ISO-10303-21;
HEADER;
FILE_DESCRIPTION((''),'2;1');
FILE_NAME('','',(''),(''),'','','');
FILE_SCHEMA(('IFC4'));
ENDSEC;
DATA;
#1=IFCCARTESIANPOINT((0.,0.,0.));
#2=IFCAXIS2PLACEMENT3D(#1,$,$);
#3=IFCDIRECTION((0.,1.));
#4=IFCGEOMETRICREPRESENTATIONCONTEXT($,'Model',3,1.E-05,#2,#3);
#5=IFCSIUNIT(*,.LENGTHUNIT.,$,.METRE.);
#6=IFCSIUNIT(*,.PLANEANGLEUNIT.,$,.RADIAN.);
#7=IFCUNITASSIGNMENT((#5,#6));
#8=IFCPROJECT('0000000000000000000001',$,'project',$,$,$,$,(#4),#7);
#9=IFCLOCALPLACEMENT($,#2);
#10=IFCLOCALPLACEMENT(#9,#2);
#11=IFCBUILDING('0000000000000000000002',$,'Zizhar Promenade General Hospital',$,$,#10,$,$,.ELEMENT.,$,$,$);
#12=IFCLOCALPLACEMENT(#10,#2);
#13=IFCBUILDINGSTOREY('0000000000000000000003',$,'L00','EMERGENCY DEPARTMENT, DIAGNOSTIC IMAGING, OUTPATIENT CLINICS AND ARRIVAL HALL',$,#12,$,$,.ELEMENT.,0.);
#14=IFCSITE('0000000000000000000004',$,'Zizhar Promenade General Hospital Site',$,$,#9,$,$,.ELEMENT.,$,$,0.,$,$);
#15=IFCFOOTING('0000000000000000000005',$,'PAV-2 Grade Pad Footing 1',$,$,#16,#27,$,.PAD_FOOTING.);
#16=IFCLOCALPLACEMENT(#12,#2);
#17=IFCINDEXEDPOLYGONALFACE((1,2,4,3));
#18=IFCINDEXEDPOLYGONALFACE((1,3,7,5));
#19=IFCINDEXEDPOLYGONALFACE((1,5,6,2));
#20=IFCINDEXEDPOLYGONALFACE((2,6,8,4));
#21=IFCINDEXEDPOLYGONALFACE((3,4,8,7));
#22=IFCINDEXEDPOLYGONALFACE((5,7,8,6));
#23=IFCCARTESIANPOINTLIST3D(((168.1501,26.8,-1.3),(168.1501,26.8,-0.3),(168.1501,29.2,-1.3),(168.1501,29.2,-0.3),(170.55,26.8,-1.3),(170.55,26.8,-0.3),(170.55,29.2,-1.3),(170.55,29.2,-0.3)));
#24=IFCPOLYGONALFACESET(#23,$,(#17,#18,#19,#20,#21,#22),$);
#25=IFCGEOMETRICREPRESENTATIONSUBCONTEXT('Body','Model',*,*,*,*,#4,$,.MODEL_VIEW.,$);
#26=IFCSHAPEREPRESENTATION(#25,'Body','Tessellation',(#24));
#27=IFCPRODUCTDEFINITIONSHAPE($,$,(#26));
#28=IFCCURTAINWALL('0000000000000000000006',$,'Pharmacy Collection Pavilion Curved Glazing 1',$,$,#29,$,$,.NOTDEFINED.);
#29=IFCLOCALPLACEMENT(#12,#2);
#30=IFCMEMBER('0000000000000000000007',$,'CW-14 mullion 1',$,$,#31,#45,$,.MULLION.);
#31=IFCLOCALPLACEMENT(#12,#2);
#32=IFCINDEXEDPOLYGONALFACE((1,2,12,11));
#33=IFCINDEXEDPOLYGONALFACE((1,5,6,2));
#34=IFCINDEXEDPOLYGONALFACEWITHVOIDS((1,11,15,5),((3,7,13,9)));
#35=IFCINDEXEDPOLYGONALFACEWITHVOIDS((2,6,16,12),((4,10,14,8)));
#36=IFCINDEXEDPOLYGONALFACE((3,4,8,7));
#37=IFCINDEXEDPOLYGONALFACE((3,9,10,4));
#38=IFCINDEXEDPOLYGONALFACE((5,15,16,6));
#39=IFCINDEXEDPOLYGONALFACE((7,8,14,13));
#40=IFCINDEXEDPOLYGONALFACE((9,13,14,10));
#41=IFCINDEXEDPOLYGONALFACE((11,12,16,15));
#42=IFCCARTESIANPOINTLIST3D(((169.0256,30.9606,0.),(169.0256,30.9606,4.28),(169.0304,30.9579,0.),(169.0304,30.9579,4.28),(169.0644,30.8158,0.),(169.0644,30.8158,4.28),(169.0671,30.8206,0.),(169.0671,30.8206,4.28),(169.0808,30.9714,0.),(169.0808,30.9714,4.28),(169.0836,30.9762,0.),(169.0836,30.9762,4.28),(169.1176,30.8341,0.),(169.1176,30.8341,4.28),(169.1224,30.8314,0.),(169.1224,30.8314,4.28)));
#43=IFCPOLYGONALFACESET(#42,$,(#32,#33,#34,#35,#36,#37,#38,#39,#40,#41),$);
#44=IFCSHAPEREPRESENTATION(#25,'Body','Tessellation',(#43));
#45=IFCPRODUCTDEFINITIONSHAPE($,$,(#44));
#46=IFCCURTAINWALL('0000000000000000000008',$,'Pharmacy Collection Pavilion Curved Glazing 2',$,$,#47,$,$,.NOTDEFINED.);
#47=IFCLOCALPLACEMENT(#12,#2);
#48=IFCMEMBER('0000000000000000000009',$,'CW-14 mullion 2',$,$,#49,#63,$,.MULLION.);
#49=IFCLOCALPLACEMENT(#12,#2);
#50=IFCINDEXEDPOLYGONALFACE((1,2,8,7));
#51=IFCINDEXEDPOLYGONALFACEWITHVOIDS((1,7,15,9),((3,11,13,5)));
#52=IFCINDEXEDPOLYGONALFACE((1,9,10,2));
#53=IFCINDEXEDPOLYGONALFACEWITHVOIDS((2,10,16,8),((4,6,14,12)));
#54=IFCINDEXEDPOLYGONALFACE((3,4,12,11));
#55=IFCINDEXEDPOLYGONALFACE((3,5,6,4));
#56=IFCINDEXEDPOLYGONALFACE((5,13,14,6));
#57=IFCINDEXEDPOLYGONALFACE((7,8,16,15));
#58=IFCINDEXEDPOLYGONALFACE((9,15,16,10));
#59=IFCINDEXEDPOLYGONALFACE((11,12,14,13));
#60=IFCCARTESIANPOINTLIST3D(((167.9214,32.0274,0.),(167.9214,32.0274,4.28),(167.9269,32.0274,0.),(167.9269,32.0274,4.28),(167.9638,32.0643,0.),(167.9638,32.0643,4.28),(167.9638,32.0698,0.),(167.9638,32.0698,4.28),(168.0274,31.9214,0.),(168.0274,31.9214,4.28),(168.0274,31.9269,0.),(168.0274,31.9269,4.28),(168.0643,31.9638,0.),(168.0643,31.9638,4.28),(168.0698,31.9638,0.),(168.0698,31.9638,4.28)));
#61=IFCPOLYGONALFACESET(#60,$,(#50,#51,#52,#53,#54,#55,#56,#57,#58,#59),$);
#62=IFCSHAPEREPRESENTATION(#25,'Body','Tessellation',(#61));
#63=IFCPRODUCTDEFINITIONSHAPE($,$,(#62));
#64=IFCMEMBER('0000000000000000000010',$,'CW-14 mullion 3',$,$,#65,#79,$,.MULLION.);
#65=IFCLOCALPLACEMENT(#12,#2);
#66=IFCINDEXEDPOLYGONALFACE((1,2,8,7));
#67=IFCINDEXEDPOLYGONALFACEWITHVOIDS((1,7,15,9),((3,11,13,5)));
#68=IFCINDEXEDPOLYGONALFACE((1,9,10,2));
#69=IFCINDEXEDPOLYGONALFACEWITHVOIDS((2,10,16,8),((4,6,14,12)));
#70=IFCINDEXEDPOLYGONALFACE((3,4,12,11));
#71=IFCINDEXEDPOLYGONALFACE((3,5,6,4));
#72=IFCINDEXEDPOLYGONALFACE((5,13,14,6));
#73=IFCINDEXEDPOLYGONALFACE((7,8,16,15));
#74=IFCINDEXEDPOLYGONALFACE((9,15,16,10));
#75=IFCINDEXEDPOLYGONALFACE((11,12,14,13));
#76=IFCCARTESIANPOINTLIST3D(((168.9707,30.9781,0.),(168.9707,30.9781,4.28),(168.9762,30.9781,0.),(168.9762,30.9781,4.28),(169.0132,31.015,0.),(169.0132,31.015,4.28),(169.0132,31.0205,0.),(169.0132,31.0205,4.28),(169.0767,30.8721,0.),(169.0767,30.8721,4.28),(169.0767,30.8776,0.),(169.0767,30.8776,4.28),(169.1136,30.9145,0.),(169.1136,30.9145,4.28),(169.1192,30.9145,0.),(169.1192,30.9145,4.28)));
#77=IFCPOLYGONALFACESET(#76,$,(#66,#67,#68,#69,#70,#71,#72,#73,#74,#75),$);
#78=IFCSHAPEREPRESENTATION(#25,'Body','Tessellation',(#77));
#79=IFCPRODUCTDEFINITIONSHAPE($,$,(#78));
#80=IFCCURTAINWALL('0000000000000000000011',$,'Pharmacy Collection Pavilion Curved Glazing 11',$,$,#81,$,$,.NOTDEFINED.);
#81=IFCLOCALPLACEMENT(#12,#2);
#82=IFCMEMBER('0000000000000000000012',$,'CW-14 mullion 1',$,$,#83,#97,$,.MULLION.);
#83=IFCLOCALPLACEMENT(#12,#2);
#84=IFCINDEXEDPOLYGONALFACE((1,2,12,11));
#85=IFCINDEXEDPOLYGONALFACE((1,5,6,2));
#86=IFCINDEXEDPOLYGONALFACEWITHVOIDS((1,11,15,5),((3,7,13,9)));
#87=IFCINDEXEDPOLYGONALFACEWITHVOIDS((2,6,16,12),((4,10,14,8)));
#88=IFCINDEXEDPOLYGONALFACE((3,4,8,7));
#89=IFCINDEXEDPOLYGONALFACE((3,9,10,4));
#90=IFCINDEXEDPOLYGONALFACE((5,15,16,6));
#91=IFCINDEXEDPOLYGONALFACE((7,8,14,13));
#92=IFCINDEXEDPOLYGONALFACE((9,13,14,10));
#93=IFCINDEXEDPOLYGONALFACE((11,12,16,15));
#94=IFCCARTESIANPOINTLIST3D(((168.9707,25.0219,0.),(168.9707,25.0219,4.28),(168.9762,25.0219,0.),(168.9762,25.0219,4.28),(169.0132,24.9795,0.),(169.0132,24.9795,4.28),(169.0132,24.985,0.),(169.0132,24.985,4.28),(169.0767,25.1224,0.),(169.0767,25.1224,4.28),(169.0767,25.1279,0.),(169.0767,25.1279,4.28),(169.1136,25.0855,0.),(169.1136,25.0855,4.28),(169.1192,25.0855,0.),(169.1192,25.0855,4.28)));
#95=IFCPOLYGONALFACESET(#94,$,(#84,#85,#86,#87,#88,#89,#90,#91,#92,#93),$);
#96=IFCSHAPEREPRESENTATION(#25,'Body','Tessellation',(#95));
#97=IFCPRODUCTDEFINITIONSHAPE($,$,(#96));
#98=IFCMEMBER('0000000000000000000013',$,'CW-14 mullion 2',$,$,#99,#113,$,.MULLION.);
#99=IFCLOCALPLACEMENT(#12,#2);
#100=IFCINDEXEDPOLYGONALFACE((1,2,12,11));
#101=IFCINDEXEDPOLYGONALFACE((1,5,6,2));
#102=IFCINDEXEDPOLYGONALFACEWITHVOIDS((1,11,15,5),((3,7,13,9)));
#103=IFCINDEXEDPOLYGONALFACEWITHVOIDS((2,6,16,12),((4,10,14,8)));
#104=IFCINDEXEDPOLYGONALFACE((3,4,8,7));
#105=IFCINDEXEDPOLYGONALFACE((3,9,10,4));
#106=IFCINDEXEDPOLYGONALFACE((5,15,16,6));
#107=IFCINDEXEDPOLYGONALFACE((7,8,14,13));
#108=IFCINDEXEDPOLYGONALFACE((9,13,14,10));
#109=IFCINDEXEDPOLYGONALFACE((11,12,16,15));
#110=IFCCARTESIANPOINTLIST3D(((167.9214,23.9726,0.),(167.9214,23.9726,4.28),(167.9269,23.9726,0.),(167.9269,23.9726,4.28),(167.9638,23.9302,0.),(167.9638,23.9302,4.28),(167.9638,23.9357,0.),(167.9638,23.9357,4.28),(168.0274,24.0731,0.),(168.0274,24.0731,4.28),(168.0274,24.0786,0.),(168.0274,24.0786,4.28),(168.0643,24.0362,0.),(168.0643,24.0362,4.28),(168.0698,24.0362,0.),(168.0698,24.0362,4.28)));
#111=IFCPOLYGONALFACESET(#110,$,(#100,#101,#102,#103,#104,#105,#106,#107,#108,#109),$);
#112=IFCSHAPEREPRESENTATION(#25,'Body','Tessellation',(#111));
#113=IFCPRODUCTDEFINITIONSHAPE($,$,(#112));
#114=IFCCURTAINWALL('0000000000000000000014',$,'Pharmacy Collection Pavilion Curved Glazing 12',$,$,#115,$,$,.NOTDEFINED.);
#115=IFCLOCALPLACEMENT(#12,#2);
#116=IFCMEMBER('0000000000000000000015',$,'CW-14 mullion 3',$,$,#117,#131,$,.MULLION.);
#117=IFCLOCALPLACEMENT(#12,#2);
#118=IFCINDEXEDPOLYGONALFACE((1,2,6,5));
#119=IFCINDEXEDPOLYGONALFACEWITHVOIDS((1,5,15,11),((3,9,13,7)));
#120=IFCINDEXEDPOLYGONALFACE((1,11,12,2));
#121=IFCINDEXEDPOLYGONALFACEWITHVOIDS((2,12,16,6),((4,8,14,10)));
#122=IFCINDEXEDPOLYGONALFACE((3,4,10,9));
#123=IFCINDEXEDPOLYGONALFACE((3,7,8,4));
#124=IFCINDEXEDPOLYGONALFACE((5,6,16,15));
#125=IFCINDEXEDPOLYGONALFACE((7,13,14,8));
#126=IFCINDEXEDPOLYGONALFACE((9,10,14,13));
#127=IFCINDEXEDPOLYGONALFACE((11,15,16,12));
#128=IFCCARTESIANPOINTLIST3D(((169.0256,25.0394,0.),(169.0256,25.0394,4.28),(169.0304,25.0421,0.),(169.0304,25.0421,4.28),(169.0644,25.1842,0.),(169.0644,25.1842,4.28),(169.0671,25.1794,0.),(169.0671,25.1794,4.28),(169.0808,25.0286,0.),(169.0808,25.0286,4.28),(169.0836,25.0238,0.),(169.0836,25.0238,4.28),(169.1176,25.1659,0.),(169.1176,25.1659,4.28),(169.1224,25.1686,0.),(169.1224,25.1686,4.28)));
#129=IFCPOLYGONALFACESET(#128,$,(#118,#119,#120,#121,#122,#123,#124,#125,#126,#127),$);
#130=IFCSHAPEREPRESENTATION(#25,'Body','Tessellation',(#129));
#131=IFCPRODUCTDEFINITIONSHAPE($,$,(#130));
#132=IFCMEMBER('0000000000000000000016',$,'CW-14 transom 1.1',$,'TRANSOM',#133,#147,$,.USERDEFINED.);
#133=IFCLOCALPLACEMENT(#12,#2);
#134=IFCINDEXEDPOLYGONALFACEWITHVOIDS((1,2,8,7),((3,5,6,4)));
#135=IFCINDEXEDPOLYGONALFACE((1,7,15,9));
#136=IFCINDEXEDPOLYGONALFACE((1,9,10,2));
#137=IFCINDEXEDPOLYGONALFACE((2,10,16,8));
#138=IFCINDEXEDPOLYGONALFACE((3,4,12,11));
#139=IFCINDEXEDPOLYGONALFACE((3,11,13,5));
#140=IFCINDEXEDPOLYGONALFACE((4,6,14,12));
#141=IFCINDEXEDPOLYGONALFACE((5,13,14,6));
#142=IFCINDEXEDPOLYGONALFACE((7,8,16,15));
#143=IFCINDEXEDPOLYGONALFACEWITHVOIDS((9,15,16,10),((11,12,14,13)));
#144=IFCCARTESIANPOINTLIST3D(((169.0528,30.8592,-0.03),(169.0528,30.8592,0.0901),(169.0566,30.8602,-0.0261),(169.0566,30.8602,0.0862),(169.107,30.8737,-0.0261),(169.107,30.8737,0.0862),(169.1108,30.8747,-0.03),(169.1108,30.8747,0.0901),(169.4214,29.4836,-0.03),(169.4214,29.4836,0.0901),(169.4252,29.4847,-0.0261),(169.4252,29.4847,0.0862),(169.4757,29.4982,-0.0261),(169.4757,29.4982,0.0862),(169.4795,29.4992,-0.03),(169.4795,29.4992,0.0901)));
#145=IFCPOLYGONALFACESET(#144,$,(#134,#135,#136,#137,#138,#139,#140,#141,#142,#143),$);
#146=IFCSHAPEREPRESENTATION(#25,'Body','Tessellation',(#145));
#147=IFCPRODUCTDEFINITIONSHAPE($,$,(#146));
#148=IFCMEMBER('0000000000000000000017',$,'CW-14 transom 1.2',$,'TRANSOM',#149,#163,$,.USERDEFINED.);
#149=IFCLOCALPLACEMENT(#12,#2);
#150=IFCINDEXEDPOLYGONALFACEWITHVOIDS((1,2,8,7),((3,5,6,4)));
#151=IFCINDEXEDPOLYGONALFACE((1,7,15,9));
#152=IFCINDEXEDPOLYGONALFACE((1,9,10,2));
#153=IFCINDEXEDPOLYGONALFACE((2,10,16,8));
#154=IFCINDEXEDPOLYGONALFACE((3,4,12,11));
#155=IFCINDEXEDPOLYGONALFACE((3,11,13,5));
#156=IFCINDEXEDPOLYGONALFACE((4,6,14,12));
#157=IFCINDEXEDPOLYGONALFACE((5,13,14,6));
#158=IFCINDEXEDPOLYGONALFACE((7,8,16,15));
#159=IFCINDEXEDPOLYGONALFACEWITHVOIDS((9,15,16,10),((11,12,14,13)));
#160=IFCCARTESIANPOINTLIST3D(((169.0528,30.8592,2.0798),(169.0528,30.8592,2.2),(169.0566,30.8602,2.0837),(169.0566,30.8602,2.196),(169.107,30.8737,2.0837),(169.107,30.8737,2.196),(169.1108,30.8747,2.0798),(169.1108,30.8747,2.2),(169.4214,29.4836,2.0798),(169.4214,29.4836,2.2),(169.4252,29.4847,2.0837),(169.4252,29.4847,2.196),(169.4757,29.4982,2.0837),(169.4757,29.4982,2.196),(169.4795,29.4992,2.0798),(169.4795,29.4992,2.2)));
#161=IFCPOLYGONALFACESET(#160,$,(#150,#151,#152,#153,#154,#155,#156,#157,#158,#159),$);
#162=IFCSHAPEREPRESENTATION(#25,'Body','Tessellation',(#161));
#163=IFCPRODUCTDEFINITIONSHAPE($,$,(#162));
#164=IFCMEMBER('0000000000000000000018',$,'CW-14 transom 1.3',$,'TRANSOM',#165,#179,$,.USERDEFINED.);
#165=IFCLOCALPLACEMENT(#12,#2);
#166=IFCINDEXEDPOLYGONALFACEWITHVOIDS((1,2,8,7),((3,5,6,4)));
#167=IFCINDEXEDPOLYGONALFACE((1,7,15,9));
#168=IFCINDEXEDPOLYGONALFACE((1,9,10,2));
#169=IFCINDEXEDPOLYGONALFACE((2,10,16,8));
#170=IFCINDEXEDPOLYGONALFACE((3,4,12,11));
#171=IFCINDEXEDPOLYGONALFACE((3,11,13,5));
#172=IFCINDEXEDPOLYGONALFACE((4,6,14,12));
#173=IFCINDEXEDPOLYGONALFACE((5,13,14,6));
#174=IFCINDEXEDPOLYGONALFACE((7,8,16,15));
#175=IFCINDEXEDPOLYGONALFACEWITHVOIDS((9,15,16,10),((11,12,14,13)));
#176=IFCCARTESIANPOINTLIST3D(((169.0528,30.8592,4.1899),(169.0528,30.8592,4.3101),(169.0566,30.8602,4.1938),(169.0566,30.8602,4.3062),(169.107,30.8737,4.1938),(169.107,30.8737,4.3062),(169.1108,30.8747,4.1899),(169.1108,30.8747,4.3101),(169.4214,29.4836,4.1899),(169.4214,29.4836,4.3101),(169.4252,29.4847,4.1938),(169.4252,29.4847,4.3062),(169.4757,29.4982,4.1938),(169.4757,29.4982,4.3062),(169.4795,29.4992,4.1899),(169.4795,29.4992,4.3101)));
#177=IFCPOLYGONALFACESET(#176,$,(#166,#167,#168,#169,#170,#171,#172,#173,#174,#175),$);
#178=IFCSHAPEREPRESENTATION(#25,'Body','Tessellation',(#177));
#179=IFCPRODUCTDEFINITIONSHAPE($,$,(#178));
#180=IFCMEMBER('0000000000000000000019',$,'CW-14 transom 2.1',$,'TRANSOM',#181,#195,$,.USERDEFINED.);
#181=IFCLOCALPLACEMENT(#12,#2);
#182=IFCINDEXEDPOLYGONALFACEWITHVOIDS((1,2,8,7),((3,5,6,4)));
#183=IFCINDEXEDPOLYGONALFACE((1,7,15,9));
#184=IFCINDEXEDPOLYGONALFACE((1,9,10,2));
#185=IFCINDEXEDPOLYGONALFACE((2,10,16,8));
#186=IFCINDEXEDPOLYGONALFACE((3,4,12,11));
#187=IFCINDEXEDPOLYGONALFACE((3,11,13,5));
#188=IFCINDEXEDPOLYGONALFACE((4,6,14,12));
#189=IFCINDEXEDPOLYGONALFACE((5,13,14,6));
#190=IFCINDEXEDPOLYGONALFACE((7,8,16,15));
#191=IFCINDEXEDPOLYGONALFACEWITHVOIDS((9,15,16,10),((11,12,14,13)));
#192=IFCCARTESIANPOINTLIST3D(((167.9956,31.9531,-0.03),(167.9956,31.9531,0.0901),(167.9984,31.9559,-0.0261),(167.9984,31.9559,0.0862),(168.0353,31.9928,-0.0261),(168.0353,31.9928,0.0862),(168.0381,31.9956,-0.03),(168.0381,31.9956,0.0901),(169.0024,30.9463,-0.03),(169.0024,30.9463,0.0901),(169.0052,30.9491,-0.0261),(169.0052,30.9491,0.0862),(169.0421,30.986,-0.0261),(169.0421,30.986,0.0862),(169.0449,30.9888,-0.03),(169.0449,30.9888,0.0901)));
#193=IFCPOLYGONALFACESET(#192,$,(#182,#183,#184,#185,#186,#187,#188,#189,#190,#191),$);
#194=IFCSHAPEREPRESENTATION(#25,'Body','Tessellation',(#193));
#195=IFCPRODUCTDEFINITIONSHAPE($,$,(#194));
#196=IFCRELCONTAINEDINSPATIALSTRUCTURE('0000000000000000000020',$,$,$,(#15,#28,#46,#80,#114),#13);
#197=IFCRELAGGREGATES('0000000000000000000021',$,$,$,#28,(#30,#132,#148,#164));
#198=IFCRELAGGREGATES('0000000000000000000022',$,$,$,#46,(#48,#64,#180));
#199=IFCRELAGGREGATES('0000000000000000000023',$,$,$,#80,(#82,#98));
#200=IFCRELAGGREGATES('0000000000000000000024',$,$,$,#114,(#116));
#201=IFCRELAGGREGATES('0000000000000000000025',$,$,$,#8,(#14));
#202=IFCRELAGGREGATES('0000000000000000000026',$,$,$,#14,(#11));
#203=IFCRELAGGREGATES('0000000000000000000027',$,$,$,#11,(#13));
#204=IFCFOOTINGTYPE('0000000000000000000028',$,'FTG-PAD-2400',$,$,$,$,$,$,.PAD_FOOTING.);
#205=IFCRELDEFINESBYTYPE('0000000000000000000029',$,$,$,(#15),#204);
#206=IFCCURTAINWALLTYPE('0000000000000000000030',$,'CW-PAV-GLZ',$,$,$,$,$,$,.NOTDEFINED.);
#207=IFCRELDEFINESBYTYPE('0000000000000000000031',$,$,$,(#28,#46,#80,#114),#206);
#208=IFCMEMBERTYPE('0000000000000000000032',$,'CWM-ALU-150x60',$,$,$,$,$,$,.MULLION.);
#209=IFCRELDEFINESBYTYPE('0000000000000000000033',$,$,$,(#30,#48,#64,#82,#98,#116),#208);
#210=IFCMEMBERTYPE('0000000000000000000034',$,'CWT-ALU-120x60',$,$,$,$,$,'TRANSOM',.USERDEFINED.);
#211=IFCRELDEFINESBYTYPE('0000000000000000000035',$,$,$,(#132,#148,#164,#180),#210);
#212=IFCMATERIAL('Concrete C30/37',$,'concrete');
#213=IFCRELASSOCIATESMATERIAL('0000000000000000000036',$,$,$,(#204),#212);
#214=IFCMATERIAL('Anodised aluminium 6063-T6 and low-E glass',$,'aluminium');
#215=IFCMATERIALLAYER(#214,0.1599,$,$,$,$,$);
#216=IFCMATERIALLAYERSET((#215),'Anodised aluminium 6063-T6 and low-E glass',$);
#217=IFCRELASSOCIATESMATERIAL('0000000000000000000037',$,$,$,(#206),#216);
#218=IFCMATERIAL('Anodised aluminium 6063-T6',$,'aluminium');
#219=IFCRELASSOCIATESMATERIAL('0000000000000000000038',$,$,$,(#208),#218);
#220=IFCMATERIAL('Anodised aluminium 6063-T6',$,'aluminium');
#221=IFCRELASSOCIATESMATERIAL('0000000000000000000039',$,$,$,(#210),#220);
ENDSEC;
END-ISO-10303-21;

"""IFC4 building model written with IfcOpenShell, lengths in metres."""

from ifc_helpers import new_model, si_unit, direction, frame, origin, origin_2d, place, context, subcontext, project, spatial, rectangle, hollow_rectangle, extrude, material, layer, layer_set, material_profile, profile_set, type_object, element, aggregate, save


model = new_model("IFC4")

# Units and contexts
model_context = context("Model", 3, precision=1e-05, world=origin(), true_north=direction((0.0, 1.0)))
body_context = subcontext(model_context, "Body", "Model", "MODEL_VIEW")
ifc_project = project(units=[si_unit("LENGTHUNIT", "METRE"), si_unit("PLANEANGLEUNIT", "RADIAN")], contexts=[model_context])

# Site, building, storey
site_placement = place(None, origin())
site = spatial("IfcSite", under=ifc_project, at=site_placement, Name="Zizhar Promenade General Hospital Site", CompositionType="ELEMENT", RefElevation=0.0)
building_placement = place(site_placement, origin())
building = spatial("IfcBuilding", under=site, at=building_placement, Name="Zizhar Promenade General Hospital", CompositionType="ELEMENT")
storey_placement = place(building_placement, origin())
storey = spatial("IfcBuildingStorey", under=building, at=storey_placement, Name="L00", Description="EMERGENCY DEPARTMENT, DIAGNOSTIC IMAGING, OUTPATIENT CLINICS AND ARRIVAL HALL", CompositionType="ELEMENT", Elevation=0.0)

# Footing
ifc_material_1 = material(Name="Concrete C30/37", Category="concrete")
footing_type = type_object("IfcFootingType", Name="FTG-PAD-2400", PredefinedType="PAD_FOOTING", material=ifc_material_1)
footing_placement = place(storey_placement, frame((169.3501, 28.0, -1.3), z_axis=(0.0, 0.0, 1.0), x_axis=(1.0, 0.0, 0.0)))
element("IfcFooting", 1, at=footing_placement, inside=storey, type_object=footing_type, Name="PAV-2 Grade Pad Footing 1", PredefinedType="PAD_FOOTING", context=body_context, shape_type="SweptSolid", body=[
    extrude(rectangle(XDim=2.3999, YDim=2.3999, at=origin_2d()), origin(), (0.0, 0.0, 1.0), 1.0),
])

# Curtain wall, member
ifc_material_2 = material(Name="Anodised aluminium 6063-T6 and low-E glass", Category="aluminium")
ifc_layer_1 = layer(ifc_material_2, 0.1599)
ifc_layer_set_1 = layer_set([ifc_layer_1], Name="Anodised aluminium 6063-T6 and low-E glass")
curtain_wall_type = type_object("IfcCurtainWallType", Name="CW-PAV-GLZ", PredefinedType="NOTDEFINED", material=ifc_layer_set_1)
curtain_wall_1_placement = place(storey_placement, origin())
curtain_wall_1 = element("IfcCurtainWall", 2, at=curtain_wall_1_placement, inside=storey, type_object=curtain_wall_type, Name="Pharmacy Collection Pavilion Curved Glazing 1", PredefinedType="NOTDEFINED")
ifc_material_3 = material(Name="Anodised aluminium 6063-T6", Category="aluminium")
ifc_material_profile_1 = material_profile(ifc_material_3, hollow_rectangle(XDim=0.0601, YDim=0.1499, WallThickness=0.0039, at=origin_2d()))
ifc_profile_set_1 = profile_set([ifc_material_profile_1], Name="Anodised aluminium 6063-T6")
member_type_1 = type_object("IfcMemberType", Name="CWM-ALU-150x60", PredefinedType="MULLION", material=ifc_profile_set_1)
member_1_placement = place(storey_placement, frame((169.074, 30.896, 0.0), z_axis=(0.0, 0.0, 1.0), x_axis=(0.965922, 0.258834, 0.0)))
member_1 = element("IfcMember", 3, at=member_1_placement, type_object=member_type_1, Name="CW-14 mullion 1", PredefinedType="MULLION", context=body_context, shape_type="SweptSolid", body=[
    extrude(hollow_rectangle(XDim=0.0601, YDim=0.1499, WallThickness=0.0039, at=origin_2d()), origin(), (0.0, 0.0, 1.0), 4.28),
])

# Curtain walls, members
curtain_wall_2_placement = place(storey_placement, origin())
curtain_wall_2 = element("IfcCurtainWall", 4, at=curtain_wall_2_placement, inside=storey, type_object=curtain_wall_type, Name="Pharmacy Collection Pavilion Curved Glazing 2", PredefinedType="NOTDEFINED")
member_2_placement = place(storey_placement, frame((167.9956, 31.9956, 0.0), z_axis=(0.0, 0.0, 1.0), x_axis=(0.707107, 0.707107, 0.0)))
member_2 = element("IfcMember", 5, at=member_2_placement, type_object=member_type_1, Name="CW-14 mullion 2", PredefinedType="MULLION", context=body_context, shape_type="SweptSolid", body=[
    extrude(hollow_rectangle(XDim=0.0601, YDim=0.1499, WallThickness=0.0039, at=origin_2d()), origin(), (0.0, 0.0, 1.0), 4.28),
])
member_3_placement = place(storey_placement, frame((169.0449, 30.9463, 0.0), z_axis=(0.0, 0.0, 1.0), x_axis=(0.707107, 0.707107, 0.0)))
member_3 = element("IfcMember", 6, at=member_3_placement, type_object=member_type_1, Name="CW-14 mullion 3", PredefinedType="MULLION", context=body_context, shape_type="SweptSolid", body=[
    extrude(hollow_rectangle(XDim=0.0601, YDim=0.1499, WallThickness=0.0039, at=origin_2d()), origin(), (0.0, 0.0, 1.0), 4.28),
])
curtain_wall_3_placement = place(storey_placement, origin())
curtain_wall_3 = element("IfcCurtainWall", 7, at=curtain_wall_3_placement, inside=storey, type_object=curtain_wall_type, Name="Pharmacy Collection Pavilion Curved Glazing 11", PredefinedType="NOTDEFINED")
member_4_placement = place(storey_placement, frame((169.0449, 25.0537, 0.0), z_axis=(0.0, 0.0, 1.0), x_axis=(0.707107, -0.707107, 0.0)))
member_4 = element("IfcMember", 8, at=member_4_placement, type_object=member_type_1, Name="CW-14 mullion 1", PredefinedType="MULLION", context=body_context, shape_type="SweptSolid", body=[
    extrude(hollow_rectangle(XDim=0.0601, YDim=0.1499, WallThickness=0.0039, at=origin_2d()), origin(), (0.0, 0.0, 1.0), 4.28),
])
member_5_placement = place(storey_placement, frame((167.9956, 24.0044, 0.0), z_axis=(0.0, 0.0, 1.0), x_axis=(0.707107, -0.707107, 0.0)))
member_5 = element("IfcMember", 9, at=member_5_placement, type_object=member_type_1, Name="CW-14 mullion 2", PredefinedType="MULLION", context=body_context, shape_type="SweptSolid", body=[
    extrude(hollow_rectangle(XDim=0.0601, YDim=0.1499, WallThickness=0.0039, at=origin_2d()), origin(), (0.0, 0.0, 1.0), 4.28),
])

# Curtain wall, member
curtain_wall_4_placement = place(storey_placement, origin())
curtain_wall_4 = element("IfcCurtainWall", 10, at=curtain_wall_4_placement, inside=storey, type_object=curtain_wall_type, Name="Pharmacy Collection Pavilion Curved Glazing 12", PredefinedType="NOTDEFINED")
member_6_placement = place(storey_placement, frame((169.074, 25.104, 0.0), z_axis=(0.0, 0.0, 1.0), x_axis=(0.965922, -0.258834, 0.0)))
member_6 = element("IfcMember", 11, at=member_6_placement, type_object=member_type_1, Name="CW-14 mullion 3", PredefinedType="MULLION", context=body_context, shape_type="SweptSolid", body=[
    extrude(hollow_rectangle(XDim=0.0601, YDim=0.1499, WallThickness=0.0039, at=origin_2d()), origin(), (0.0, 0.0, 1.0), 4.28),
])

# Members
ifc_material_4 = material(Name="Anodised aluminium 6063-T6", Category="aluminium")
ifc_material_profile_2 = material_profile(ifc_material_4, hollow_rectangle(XDim=0.0601, YDim=0.1201, WallThickness=0.0039, at=origin_2d()))
ifc_profile_set_2 = profile_set([ifc_material_profile_2], Name="Anodised aluminium 6063-T6")
member_type_2 = type_object("IfcMemberType", Name="CWT-ALU-120x60", ElementType="TRANSOM", PredefinedType="USERDEFINED", material=ifc_profile_set_2)
member_7_placement = place(storey_placement, frame((169.0818, 30.8669, 0.03), z_axis=(0.258879, -0.96591, 0.0), x_axis=(0.96591, 0.258879, 0.0)))
member_7 = element("IfcMember", 12, at=member_7_placement, type_object=member_type_2, Name="CW-14 transom 1.1", ObjectType="TRANSOM", PredefinedType="USERDEFINED", context=body_context, shape_type="SweptSolid", body=[
    extrude(hollow_rectangle(XDim=0.0601, YDim=0.1201, WallThickness=0.0039, at=origin_2d()), origin(), (0.0, 0.0, 1.0), 1.4241),
])
member_8_placement = place(storey_placement, frame((169.0818, 30.8669, 2.1399), z_axis=(0.258879, -0.96591, 0.0), x_axis=(0.96591, 0.258879, 0.0)))
member_8 = element("IfcMember", 13, at=member_8_placement, type_object=member_type_2, Name="CW-14 transom 1.2", ObjectType="TRANSOM", PredefinedType="USERDEFINED", context=body_context, shape_type="SweptSolid", body=[
    extrude(hollow_rectangle(XDim=0.0601, YDim=0.1201, WallThickness=0.0039, at=origin_2d()), origin(), (0.0, 0.0, 1.0), 1.4241),
])
member_9_placement = place(storey_placement, frame((169.0818, 30.8669, 4.25), z_axis=(0.258879, -0.96591, 0.0), x_axis=(0.96591, 0.258879, 0.0)))
member_9 = element("IfcMember", 14, at=member_9_placement, type_object=member_type_2, Name="CW-14 transom 1.3", ObjectType="TRANSOM", PredefinedType="USERDEFINED", context=body_context, shape_type="SweptSolid", body=[
    extrude(hollow_rectangle(XDim=0.0601, YDim=0.1201, WallThickness=0.0039, at=origin_2d()), origin(), (0.0, 0.0, 1.0), 1.4241),
])
member_10_placement = place(storey_placement, frame((168.0168, 31.9744, 0.03), z_axis=(0.707107, -0.707107, 0.0), x_axis=(0.707107, 0.707107, 0.0)))
member_10 = element("IfcMember", 15, at=member_10_placement, type_object=member_type_2, Name="CW-14 transom 2.1", ObjectType="TRANSOM", PredefinedType="USERDEFINED", context=body_context, shape_type="SweptSolid", body=[
    extrude(hollow_rectangle(XDim=0.0601, YDim=0.1201, WallThickness=0.0039, at=origin_2d()), origin(), (0.0, 0.0, 1.0), 1.4238),
])

aggregate(curtain_wall_1, [member_1, member_7, member_8, member_9])
aggregate(curtain_wall_2, [member_2, member_3, member_10])
aggregate(curtain_wall_3, [member_4, member_5])
aggregate(curtain_wall_4, [member_6])

save(model, "model.ifc")
